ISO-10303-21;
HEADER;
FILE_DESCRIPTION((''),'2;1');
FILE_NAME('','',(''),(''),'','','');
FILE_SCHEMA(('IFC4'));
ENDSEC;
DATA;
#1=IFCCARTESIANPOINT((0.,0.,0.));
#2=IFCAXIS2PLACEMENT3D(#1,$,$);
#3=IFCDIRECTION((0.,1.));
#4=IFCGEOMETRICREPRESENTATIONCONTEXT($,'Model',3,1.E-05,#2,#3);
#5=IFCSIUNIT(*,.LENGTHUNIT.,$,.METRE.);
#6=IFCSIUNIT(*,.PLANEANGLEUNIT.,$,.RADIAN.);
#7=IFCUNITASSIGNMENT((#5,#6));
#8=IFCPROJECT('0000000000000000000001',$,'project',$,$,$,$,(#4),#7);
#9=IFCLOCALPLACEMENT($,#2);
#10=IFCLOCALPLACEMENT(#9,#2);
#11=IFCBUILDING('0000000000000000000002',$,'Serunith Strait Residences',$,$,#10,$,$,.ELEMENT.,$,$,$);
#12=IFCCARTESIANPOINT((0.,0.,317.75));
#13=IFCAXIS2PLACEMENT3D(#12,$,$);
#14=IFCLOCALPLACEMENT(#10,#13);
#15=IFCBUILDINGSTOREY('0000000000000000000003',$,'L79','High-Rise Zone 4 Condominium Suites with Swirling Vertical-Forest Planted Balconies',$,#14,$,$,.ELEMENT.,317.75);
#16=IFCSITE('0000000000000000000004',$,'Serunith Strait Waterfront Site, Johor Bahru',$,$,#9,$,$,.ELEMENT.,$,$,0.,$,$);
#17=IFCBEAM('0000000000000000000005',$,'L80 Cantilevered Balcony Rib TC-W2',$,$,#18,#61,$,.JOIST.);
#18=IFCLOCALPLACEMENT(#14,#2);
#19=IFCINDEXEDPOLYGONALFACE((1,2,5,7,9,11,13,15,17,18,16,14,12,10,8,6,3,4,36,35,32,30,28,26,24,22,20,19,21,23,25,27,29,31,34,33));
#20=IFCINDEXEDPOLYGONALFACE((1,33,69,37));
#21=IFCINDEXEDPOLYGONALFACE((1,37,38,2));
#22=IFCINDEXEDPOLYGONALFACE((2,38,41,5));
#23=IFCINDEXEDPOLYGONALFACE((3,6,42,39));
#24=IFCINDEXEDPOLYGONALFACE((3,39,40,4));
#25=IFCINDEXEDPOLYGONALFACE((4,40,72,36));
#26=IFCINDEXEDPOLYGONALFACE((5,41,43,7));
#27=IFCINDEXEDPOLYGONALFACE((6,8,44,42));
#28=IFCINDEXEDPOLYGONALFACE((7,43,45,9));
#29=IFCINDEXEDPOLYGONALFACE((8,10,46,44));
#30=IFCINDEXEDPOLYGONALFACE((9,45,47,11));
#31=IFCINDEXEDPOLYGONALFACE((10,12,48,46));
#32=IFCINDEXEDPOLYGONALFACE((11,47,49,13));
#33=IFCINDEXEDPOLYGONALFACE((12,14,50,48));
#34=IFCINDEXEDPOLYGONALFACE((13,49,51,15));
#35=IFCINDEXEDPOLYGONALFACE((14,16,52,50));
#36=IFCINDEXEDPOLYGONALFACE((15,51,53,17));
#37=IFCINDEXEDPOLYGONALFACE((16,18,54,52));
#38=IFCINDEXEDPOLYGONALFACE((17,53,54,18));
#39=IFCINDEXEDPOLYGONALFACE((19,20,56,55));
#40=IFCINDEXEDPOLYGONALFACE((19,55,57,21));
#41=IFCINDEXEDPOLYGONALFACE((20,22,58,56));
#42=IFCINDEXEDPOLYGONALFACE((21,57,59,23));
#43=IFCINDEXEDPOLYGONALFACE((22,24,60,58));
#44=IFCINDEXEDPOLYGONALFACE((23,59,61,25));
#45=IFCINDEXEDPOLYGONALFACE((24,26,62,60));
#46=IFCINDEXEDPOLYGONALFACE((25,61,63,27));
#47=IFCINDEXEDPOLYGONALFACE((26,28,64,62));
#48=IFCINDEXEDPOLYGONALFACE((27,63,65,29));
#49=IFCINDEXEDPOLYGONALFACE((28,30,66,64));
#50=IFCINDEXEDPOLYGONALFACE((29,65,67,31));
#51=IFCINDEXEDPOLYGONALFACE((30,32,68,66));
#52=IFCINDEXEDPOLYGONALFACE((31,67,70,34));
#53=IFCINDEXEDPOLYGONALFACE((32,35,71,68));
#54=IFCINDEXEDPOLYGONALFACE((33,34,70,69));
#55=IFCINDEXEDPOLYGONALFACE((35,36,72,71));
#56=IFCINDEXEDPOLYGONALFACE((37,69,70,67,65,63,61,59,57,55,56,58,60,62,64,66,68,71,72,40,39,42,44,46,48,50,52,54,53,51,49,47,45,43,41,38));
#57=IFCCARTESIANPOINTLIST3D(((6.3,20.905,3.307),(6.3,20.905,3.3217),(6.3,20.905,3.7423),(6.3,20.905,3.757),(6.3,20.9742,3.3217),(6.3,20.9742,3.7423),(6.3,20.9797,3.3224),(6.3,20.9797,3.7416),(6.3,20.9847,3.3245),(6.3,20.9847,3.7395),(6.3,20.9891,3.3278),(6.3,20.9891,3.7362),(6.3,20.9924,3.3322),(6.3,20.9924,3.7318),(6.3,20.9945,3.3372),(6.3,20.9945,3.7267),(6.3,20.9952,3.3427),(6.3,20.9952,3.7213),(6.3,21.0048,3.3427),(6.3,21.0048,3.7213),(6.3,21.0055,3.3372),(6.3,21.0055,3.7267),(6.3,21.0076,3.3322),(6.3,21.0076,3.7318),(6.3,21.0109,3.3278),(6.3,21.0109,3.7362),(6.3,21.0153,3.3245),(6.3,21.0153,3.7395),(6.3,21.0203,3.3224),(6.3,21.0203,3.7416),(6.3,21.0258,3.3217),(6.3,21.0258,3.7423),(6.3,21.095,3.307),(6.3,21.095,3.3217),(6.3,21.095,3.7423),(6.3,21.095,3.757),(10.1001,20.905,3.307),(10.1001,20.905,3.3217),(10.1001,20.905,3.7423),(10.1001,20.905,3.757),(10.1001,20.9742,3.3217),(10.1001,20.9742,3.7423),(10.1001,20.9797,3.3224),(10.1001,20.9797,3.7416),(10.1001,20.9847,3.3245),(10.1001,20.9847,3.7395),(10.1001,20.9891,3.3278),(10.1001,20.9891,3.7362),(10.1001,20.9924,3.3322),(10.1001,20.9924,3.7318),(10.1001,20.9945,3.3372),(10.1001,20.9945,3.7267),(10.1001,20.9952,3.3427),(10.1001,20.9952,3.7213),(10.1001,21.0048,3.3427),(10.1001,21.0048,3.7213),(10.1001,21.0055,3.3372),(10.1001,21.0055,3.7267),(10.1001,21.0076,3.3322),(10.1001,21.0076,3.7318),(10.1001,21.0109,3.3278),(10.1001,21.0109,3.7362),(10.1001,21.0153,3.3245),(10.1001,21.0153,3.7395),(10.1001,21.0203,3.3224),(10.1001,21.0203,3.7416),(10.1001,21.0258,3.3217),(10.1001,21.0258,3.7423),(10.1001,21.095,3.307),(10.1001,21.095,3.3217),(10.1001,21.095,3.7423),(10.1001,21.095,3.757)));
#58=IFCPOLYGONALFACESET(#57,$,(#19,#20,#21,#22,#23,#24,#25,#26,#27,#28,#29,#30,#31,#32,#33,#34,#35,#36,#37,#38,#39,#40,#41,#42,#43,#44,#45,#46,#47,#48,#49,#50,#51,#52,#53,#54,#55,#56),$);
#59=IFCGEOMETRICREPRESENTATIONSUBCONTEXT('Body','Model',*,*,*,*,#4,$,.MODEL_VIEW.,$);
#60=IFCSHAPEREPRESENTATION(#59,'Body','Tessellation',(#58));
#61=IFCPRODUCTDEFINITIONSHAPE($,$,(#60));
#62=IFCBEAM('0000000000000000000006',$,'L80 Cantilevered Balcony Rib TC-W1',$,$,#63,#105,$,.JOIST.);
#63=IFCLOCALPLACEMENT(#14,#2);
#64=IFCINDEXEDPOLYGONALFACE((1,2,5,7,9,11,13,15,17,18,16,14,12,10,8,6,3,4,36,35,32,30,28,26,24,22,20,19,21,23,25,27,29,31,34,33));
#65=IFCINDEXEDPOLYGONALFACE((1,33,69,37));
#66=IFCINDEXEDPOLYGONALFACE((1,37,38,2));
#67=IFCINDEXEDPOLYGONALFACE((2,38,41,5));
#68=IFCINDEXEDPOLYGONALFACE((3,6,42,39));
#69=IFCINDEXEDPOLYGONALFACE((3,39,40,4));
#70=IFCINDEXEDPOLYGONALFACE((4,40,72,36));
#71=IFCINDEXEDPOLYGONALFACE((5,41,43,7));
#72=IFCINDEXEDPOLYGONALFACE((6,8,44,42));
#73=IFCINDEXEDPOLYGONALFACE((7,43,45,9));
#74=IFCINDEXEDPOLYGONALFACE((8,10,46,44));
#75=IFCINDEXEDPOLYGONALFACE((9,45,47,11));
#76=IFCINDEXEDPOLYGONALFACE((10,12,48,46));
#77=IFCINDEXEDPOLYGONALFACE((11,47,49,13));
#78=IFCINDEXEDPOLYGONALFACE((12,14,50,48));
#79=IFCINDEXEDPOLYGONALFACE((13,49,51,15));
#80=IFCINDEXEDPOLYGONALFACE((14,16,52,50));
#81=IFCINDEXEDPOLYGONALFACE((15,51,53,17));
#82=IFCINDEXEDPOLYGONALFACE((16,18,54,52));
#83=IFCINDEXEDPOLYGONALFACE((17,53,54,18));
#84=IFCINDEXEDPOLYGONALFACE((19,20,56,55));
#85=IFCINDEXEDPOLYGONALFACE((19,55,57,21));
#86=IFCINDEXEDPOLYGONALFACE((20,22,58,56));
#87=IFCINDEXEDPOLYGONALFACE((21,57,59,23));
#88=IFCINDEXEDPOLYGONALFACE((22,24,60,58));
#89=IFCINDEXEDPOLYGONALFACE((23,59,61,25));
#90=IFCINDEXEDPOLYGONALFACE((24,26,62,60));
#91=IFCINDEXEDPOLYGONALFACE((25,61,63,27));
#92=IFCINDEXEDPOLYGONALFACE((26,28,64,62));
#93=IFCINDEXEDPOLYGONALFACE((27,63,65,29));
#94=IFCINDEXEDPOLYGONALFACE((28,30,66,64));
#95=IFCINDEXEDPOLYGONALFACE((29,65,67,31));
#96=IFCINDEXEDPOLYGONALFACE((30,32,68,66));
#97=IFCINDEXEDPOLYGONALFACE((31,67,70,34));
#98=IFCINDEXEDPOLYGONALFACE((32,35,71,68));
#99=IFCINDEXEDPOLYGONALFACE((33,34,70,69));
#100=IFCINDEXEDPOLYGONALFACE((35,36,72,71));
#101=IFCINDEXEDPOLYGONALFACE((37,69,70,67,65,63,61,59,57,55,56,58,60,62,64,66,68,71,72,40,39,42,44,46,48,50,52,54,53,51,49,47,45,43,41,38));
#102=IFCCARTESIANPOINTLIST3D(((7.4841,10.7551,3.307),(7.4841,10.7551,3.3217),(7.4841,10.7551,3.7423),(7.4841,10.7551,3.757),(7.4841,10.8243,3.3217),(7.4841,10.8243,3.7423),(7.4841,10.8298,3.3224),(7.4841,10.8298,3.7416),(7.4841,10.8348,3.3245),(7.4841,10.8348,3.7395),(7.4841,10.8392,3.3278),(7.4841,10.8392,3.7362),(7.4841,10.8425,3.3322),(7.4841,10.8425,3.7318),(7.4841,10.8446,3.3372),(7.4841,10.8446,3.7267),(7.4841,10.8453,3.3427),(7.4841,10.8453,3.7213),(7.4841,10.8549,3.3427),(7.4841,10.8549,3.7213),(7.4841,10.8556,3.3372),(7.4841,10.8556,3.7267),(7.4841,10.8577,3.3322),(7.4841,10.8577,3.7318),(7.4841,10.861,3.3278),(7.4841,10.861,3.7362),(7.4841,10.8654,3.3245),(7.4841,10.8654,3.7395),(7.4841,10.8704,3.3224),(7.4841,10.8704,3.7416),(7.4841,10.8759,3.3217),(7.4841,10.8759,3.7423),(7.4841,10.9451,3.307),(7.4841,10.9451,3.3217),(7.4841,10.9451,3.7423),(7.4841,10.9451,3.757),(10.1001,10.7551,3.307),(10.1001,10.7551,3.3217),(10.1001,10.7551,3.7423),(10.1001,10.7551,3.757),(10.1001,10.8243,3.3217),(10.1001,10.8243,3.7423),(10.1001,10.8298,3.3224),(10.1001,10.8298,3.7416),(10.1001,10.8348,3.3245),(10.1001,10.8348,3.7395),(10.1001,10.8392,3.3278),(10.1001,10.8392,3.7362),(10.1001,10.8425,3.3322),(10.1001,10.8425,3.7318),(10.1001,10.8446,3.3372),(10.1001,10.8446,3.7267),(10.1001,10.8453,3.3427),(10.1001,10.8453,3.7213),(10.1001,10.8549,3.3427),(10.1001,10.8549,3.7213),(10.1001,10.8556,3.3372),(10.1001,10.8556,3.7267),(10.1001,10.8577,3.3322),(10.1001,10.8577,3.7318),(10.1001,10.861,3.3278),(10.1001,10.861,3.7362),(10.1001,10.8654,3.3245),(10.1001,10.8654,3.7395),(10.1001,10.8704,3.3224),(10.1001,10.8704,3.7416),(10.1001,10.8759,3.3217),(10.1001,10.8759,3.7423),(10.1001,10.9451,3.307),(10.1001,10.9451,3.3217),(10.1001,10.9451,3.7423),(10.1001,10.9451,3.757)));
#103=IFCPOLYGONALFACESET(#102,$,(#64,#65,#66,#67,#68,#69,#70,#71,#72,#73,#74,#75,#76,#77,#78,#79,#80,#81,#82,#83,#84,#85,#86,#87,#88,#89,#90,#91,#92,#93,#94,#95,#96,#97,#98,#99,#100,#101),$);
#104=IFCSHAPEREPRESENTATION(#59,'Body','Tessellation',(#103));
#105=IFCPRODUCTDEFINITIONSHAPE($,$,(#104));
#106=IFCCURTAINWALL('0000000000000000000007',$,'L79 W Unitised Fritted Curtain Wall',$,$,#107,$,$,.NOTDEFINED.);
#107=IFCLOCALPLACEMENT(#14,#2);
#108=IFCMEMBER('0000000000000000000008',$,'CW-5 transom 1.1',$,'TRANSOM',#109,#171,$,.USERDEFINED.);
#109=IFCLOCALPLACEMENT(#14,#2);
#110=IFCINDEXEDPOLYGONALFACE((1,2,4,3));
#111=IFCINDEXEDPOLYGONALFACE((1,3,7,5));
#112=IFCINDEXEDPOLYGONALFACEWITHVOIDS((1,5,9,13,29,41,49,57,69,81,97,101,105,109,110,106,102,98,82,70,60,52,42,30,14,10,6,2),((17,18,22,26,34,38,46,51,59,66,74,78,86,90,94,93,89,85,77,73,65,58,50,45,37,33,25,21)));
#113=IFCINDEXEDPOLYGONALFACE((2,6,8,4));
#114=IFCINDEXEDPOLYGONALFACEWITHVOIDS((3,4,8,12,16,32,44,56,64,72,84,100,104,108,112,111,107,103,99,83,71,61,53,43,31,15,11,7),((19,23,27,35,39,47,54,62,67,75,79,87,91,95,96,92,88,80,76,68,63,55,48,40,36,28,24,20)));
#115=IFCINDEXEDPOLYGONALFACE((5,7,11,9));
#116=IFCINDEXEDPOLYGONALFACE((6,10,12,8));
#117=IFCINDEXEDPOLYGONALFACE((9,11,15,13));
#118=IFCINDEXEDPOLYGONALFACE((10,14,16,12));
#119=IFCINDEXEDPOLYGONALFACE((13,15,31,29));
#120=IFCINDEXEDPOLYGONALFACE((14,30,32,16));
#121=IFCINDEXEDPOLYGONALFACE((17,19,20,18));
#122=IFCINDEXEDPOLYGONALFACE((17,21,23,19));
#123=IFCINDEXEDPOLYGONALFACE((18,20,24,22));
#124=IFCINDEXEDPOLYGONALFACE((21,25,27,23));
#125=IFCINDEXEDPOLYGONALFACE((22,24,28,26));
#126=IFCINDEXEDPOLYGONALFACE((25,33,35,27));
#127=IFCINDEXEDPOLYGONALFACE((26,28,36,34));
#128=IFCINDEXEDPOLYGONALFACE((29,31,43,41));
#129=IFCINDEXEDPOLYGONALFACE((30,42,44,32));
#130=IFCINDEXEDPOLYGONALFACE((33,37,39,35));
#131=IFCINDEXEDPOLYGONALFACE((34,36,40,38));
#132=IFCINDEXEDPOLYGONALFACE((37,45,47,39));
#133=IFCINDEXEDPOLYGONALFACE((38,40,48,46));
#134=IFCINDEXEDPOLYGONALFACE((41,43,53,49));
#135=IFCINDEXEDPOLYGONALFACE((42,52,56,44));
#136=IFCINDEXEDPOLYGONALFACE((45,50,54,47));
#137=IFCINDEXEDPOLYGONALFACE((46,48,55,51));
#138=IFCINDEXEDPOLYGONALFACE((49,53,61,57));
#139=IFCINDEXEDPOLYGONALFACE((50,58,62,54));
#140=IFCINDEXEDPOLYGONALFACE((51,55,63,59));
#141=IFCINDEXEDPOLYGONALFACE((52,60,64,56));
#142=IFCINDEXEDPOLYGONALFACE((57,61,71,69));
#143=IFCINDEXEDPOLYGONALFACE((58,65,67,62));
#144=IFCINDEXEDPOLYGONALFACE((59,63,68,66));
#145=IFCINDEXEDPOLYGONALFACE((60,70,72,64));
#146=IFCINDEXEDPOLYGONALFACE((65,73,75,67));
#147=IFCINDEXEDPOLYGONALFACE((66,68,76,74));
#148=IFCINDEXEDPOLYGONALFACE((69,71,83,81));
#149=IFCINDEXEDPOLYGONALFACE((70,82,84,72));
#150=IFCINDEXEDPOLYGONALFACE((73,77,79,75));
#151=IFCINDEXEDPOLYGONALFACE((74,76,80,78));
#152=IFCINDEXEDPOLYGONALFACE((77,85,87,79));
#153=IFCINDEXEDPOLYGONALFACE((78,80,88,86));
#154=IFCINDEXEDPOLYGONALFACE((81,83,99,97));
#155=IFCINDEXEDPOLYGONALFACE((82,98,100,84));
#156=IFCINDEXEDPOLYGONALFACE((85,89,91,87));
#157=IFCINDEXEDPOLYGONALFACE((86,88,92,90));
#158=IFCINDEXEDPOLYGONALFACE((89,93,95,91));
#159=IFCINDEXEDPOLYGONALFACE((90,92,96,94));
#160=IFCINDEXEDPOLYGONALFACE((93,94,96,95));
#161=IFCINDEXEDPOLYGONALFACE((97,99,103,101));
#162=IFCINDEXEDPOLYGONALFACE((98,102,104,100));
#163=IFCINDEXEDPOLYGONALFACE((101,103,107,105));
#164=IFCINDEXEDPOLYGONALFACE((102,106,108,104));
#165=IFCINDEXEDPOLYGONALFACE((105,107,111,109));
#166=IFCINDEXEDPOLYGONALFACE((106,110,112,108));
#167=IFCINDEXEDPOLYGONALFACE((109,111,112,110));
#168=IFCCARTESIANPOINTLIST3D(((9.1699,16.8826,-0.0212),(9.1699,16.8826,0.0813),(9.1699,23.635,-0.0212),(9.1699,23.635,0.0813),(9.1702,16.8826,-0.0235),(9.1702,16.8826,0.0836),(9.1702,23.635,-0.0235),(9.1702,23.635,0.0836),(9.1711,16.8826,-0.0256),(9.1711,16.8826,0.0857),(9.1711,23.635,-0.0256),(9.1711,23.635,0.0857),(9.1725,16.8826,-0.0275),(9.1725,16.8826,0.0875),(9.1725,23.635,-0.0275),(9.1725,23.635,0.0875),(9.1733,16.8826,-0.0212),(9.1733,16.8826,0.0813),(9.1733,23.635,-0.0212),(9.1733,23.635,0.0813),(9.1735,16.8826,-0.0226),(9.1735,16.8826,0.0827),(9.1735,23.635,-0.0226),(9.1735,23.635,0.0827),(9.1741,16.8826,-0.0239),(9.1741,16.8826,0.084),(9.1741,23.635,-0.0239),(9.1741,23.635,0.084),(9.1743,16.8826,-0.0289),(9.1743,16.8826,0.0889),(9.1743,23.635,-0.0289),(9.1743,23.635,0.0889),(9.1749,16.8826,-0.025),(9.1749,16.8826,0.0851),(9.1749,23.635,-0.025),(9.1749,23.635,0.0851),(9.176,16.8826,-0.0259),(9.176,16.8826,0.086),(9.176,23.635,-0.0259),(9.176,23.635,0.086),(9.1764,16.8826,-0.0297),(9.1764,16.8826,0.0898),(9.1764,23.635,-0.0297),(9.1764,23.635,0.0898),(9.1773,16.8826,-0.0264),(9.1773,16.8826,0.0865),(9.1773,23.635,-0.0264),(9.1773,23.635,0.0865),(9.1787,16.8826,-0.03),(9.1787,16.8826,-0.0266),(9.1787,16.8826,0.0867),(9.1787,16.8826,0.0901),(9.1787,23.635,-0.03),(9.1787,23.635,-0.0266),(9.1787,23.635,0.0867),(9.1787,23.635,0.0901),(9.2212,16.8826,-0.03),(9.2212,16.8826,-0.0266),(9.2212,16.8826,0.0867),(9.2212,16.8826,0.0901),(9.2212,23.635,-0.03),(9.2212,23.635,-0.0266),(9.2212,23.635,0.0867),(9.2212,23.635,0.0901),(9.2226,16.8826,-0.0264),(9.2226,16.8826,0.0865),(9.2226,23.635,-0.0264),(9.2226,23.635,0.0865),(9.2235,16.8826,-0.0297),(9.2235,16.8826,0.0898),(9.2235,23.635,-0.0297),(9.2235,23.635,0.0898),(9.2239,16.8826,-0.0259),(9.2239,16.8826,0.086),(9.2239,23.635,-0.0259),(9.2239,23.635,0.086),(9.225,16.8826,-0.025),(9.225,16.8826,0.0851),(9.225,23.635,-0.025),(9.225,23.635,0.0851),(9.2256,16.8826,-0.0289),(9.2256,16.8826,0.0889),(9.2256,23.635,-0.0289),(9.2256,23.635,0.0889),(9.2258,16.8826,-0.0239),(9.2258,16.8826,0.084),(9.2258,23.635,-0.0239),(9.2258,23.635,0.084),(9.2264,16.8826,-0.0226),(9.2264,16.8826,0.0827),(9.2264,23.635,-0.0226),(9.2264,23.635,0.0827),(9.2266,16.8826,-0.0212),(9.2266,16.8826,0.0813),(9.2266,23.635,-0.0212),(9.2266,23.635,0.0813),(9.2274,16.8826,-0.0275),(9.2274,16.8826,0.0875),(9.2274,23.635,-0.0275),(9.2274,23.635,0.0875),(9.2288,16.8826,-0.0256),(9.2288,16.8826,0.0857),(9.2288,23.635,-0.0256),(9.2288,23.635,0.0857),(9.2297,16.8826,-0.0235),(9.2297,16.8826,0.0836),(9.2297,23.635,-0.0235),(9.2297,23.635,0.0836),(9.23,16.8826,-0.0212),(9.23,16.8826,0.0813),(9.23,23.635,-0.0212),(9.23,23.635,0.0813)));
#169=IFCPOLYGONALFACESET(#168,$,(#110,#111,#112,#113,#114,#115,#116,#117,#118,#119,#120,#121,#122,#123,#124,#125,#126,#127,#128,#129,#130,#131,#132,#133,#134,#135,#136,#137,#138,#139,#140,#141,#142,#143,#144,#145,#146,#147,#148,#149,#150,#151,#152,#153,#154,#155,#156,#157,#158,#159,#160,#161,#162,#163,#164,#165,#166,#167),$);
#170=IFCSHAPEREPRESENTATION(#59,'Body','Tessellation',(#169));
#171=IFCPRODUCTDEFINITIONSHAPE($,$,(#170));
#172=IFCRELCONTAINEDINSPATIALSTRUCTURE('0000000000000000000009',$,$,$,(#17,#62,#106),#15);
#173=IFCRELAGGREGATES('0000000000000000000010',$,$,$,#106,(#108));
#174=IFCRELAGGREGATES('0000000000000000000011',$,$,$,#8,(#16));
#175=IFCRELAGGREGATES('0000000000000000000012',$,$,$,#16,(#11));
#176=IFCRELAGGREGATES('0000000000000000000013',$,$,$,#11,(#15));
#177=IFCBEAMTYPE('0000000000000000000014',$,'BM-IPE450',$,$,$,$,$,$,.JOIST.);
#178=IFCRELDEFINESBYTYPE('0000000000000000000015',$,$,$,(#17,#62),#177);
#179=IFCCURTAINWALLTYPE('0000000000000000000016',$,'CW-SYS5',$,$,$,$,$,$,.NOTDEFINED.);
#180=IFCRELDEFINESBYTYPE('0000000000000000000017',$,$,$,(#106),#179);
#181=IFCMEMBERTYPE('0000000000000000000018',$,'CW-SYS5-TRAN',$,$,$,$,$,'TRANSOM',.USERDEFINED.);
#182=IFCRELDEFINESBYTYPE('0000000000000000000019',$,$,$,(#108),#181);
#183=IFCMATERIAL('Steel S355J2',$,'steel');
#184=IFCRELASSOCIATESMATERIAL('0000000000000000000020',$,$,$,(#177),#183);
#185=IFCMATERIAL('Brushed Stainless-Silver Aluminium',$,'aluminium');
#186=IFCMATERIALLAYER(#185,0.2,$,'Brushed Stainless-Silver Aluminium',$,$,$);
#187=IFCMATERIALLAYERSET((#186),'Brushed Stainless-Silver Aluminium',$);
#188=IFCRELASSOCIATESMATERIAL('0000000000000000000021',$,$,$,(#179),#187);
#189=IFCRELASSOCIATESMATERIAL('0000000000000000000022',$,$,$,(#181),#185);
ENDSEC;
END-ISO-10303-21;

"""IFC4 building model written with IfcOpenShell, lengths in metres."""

from ifc_helpers import new_model, si_unit, direction, frame, origin, origin_2d, place, context, subcontext, project, spatial, hollow_rectangle, i_section, extrude, source, transform, mapped, material, layer, layer_set, material_profile, profile_set, type_object, element, aggregate, save


model = new_model("IFC4")

# Units and contexts
model_context = context("Model", 3, precision=1e-05, world=origin(), true_north=direction((0.0, 1.0)))
body_context = subcontext(model_context, "Body", "Model", "MODEL_VIEW")
ifc_project = project(units=[si_unit("LENGTHUNIT", "METRE"), si_unit("PLANEANGLEUNIT", "RADIAN")], contexts=[model_context])

# Site, building, storey
site_placement = place(None, origin())
site = spatial("IfcSite", under=ifc_project, at=site_placement, Name="Serunith Strait Waterfront Site, Johor Bahru", CompositionType="ELEMENT", RefElevation=0.0)
building_placement = place(site_placement, origin())
building = spatial("IfcBuilding", under=site, at=building_placement, Name="Serunith Strait Residences", CompositionType="ELEMENT")
storey_placement = place(building_placement, frame((0.0, 0.0, 317.75)))
storey = spatial("IfcBuildingStorey", under=building, at=storey_placement, Name="L79", Description="High-Rise Zone 4 Condominium Suites with Swirling Vertical-Forest Planted Balconies", CompositionType="ELEMENT", Elevation=317.75)

# Beams
ifc_material_1 = material(Name="Steel S355J2", Category="steel")
ifc_material_profile_1 = material_profile(ifc_material_1, i_section(OverallWidth=0.1899, OverallDepth=0.45, WebThickness=0.0095, FlangeThickness=0.0146, FilletRadius=0.021, at=origin_2d()), Name="IPE 450")
ifc_profile_set_1 = profile_set([ifc_material_profile_1], Name="Steel S355J2")
beam_type_1 = type_object("IfcBeamType", Name="BM-IPE450", PredefinedType="JOIST", material=ifc_profile_set_1)
shared_shape_1 = source(origin(), body_context, "Body", "SweptSolid", [
    extrude(i_section(OverallWidth=0.1899, OverallDepth=0.45, WebThickness=0.0095, FlangeThickness=0.0146, FilletRadius=0.021, at=origin_2d()), origin(), (0.0, 0.0, 1.0), 3.8),
])
beam_1_placement = place(storey_placement, frame((10.1001, 21.0, 3.532), z_axis=(-1.0, 0.0, 0.0), x_axis=(0.0, -1.0, 0.0)))
element("IfcBeam", 1, at=beam_1_placement, inside=storey, type_object=beam_type_1, Name="L80 Cantilevered Balcony Rib TC-W2", PredefinedType="JOIST", context=body_context, shape_type="MappedRepresentation", body=[
    mapped(shared_shape_1, transform((0.0, 0.0, 0.0), scale=1.0)),
])
shared_shape_2 = source(origin(), body_context, "Body", "SweptSolid", [
    extrude(i_section(OverallWidth=0.1899, OverallDepth=0.45, WebThickness=0.0095, FlangeThickness=0.0146, FilletRadius=0.021, at=origin_2d()), origin(), (0.0, 0.0, 1.0), 2.616),
])
beam_2_placement = place(storey_placement, frame((10.1001, 10.8501, 3.532), z_axis=(-1.0, 0.0, 0.0), x_axis=(0.0, -1.0, 0.0)))
element("IfcBeam", 2, at=beam_2_placement, inside=storey, type_object=beam_type_1, Name="L80 Cantilevered Balcony Rib TC-W1", PredefinedType="JOIST", context=body_context, shape_type="MappedRepresentation", body=[
    mapped(shared_shape_2, transform((0.0, 0.0, 0.0), scale=1.0)),
])

# Curtain wall, member
ifc_material_2 = material(Name="Brushed Stainless-Silver Aluminium", Category="aluminium")
ifc_layer_1 = layer(ifc_material_2, 0.2, Name="Brushed Stainless-Silver Aluminium")
ifc_layer_set_1 = layer_set([ifc_layer_1], Name="Brushed Stainless-Silver Aluminium")
curtain_wall_type = type_object("IfcCurtainWallType", Name="CW-SYS5", PredefinedType="NOTDEFINED", material=ifc_layer_set_1)
curtain_wall_placement = place(storey_placement, origin())
curtain_wall = element("IfcCurtainWall", 3, at=curtain_wall_placement, inside=storey, type_object=curtain_wall_type, Name="L79 W Unitised Fritted Curtain Wall", PredefinedType="NOTDEFINED")
ifc_material_profile_2 = material_profile(ifc_material_2, hollow_rectangle(XDim=0.0601, YDim=0.1201, WallThickness=0.0034, InnerFilletRadius=0.0054, OuterFilletRadius=0.0088, at=origin_2d()), Name="ALU 120x60x3.5")
ifc_profile_set_2 = profile_set([ifc_material_profile_2], Name="Brushed Stainless-Silver Aluminium")
member_type_1 = type_object("IfcMemberType", Name="CW-SYS5-TRAN", ElementType="TRANSOM", PredefinedType="USERDEFINED", material=ifc_profile_set_2)
shared_shape_3 = source(origin(), body_context, "Body", "SweptSolid", [
    extrude(hollow_rectangle(XDim=0.0601, YDim=0.1201, WallThickness=0.0034, InnerFilletRadius=0.0054, OuterFilletRadius=0.0088, at=origin_2d()), origin(), (0.0, 0.0, 1.0), 6.7524),
])
member_1_placement = place(storey_placement, frame((9.2, 23.635, 0.03), z_axis=(0.0, -1.0, 0.0), x_axis=(1.0, 0.0, 0.0)))
member_1 = element("IfcMember", 4, at=member_1_placement, type_object=member_type_1, Name="CW-5 transom 1.1", ObjectType="TRANSOM", PredefinedType="USERDEFINED", context=body_context, shape_type="MappedRepresentation", body=[
    mapped(shared_shape_3, transform((0.0, 0.0, 0.0), scale=1.0)),
])
aggregate(curtain_wall, [member_1])

save(model, "model.ifc")
